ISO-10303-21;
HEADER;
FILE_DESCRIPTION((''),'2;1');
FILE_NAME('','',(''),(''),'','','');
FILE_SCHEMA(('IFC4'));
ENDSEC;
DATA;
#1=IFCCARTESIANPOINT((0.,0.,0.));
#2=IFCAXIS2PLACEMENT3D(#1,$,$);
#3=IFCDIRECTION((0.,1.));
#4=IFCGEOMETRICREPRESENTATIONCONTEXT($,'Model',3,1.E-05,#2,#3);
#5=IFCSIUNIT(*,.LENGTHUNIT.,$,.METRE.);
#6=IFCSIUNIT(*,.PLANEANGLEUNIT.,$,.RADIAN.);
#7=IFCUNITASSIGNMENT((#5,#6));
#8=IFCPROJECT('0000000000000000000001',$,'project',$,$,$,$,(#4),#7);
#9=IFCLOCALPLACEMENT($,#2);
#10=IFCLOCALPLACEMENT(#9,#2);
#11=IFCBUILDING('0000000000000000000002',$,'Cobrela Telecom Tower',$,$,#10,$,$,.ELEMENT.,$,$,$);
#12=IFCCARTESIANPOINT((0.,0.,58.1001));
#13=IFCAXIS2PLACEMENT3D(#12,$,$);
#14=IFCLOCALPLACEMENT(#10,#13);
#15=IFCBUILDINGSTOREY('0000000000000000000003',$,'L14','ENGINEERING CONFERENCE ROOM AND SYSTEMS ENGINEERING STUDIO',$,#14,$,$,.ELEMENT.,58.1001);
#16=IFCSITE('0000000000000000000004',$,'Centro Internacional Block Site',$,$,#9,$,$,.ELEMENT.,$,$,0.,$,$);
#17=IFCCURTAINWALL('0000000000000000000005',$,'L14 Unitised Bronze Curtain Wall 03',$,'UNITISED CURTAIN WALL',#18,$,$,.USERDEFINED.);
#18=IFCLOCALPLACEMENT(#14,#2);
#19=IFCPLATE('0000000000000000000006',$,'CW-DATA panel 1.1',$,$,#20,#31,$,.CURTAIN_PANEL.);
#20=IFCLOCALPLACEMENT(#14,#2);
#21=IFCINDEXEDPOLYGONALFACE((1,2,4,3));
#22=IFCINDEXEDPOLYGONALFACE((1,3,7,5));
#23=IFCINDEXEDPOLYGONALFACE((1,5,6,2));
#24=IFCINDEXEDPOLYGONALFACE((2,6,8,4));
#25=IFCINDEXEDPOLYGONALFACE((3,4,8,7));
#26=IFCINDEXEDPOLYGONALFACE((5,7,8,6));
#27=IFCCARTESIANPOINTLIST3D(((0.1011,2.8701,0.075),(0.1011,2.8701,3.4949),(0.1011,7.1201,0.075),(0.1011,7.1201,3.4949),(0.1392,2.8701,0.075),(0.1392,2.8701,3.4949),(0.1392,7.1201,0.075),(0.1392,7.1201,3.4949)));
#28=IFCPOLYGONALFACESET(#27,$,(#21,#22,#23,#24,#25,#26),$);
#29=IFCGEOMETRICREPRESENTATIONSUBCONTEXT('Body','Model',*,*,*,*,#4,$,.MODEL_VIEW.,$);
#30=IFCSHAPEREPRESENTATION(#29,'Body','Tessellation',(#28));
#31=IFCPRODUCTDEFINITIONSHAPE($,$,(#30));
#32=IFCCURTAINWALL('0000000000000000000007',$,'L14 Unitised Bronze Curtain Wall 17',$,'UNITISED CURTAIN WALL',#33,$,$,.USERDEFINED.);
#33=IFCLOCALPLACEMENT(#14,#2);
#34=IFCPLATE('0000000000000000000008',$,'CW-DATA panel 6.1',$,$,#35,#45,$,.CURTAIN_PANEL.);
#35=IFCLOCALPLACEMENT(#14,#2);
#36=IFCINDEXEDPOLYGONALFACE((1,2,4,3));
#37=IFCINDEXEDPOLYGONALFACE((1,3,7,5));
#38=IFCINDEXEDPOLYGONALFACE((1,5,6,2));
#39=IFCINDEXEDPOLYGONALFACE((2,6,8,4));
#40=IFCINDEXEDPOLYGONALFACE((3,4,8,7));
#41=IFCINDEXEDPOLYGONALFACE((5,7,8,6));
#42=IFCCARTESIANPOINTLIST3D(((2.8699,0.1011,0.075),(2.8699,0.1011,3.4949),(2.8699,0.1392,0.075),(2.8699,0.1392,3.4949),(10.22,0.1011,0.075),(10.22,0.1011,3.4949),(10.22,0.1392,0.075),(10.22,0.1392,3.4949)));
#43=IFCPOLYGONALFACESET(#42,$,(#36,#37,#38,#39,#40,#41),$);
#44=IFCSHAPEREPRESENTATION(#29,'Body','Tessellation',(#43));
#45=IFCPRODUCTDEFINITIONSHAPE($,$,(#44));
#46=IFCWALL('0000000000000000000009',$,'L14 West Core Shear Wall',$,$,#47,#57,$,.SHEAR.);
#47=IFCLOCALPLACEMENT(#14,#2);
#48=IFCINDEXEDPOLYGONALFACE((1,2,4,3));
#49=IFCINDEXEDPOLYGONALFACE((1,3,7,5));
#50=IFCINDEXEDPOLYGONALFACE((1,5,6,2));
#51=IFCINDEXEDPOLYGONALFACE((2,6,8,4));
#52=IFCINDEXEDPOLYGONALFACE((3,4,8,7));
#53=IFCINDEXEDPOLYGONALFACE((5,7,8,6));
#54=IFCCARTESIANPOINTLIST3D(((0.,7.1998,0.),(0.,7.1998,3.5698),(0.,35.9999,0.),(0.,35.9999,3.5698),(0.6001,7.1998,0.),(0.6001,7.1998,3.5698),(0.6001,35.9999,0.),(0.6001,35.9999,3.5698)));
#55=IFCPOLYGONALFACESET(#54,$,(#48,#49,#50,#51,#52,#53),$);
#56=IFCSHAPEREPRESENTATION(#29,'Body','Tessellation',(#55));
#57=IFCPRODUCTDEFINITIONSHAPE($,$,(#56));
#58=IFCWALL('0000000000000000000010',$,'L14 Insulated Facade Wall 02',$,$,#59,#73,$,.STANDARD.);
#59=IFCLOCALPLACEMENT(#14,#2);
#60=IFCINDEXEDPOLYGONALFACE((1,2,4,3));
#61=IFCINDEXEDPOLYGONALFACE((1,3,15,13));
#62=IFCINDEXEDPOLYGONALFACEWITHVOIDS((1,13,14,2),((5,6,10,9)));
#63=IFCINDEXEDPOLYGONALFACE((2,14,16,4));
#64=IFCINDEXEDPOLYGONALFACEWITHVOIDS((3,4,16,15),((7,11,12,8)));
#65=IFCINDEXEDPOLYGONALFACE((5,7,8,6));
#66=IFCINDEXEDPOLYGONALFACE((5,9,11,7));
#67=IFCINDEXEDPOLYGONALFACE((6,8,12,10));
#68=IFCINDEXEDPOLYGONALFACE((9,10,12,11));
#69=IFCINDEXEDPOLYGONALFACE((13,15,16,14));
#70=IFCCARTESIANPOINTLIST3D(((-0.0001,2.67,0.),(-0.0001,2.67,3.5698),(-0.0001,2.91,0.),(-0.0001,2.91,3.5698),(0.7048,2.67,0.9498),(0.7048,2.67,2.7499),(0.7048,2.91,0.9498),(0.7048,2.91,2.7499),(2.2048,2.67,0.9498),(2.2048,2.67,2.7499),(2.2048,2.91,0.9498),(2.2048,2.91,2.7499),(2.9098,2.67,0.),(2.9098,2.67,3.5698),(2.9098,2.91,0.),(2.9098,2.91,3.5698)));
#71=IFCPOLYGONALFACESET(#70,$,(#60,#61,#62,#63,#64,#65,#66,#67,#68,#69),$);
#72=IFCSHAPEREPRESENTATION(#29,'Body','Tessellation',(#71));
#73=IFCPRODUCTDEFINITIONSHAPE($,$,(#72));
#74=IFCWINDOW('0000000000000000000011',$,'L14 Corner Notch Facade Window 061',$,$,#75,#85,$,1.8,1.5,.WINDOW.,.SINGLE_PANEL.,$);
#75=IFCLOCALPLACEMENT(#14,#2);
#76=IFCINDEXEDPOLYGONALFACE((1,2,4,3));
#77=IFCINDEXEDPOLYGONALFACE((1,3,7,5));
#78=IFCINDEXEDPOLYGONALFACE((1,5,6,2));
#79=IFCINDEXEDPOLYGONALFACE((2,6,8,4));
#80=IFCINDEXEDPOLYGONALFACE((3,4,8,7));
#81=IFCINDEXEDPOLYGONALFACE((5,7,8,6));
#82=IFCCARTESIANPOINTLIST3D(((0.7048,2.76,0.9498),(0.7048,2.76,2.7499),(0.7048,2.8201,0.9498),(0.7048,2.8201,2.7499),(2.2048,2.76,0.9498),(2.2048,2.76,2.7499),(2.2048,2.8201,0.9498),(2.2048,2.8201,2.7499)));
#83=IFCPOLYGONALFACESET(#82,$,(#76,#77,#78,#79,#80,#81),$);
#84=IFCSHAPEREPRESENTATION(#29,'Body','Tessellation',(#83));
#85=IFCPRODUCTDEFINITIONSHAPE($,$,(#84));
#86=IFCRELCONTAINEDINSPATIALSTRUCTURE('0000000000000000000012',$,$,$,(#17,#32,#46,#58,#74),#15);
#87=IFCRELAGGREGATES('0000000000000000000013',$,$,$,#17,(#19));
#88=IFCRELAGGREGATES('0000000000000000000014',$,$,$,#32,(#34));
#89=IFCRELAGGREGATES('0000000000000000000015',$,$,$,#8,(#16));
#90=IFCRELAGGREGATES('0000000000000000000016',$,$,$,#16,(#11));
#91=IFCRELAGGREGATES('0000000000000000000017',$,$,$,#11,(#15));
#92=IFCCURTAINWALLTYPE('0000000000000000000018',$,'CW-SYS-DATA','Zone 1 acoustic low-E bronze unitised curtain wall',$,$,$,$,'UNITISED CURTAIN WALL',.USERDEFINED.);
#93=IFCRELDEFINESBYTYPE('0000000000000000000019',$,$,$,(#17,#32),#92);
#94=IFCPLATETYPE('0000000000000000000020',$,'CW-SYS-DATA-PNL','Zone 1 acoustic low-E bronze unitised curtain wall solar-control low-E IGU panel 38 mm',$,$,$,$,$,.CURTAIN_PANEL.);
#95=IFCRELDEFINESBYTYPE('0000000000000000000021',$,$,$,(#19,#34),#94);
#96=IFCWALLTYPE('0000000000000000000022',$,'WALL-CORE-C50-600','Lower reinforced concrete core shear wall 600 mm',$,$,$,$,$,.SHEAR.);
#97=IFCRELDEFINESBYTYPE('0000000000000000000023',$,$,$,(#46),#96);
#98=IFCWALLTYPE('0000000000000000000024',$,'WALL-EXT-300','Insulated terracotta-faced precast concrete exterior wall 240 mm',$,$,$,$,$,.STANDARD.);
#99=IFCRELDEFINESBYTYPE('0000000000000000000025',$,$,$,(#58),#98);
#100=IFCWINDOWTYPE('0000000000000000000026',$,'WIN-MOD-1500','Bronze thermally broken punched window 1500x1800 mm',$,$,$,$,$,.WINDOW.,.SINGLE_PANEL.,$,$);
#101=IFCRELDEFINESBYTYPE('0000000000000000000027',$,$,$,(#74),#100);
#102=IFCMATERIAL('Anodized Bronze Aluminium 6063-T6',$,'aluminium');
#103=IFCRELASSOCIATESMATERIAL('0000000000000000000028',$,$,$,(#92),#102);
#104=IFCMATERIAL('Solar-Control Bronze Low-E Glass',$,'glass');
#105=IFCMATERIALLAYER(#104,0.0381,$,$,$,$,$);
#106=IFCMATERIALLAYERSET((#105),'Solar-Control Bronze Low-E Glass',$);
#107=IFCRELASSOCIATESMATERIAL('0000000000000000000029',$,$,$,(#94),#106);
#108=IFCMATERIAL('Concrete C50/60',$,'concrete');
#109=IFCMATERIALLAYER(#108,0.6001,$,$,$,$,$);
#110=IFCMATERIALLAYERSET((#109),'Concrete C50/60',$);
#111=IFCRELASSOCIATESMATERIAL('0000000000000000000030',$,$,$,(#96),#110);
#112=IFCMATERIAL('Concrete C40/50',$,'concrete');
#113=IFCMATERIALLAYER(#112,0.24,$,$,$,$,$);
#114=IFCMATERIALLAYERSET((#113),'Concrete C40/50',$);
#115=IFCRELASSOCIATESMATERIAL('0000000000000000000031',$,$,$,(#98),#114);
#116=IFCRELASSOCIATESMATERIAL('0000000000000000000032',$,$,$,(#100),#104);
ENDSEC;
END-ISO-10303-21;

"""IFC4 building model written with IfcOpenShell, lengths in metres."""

from ifc_helpers import new_model, si_unit, direction, frame, frame_2d, origin, origin_2d, place, context, subcontext, project, spatial, rectangle, extrude, material, layer, layer_set, type_object, element, fill, aggregate, save


model = new_model("IFC4")

# Units and contexts
model_context = context("Model", 3, precision=1e-05, world=origin(), true_north=direction((0.0, 1.0)))
body_context = subcontext(model_context, "Body", "Model", "MODEL_VIEW")
ifc_project = project(units=[si_unit("LENGTHUNIT", "METRE"), si_unit("PLANEANGLEUNIT", "RADIAN")], contexts=[model_context])

# Site, building, storey
site_placement = place(None, origin())
site = spatial("IfcSite", under=ifc_project, at=site_placement, Name="Centro Internacional Block Site", CompositionType="ELEMENT", RefElevation=0.0)
building_placement = place(site_placement, origin())
building = spatial("IfcBuilding", under=site, at=building_placement, Name="Cobrela Telecom Tower", CompositionType="ELEMENT")
storey_placement = place(building_placement, frame((0.0, 0.0, 58.1001)))
storey = spatial("IfcBuildingStorey", under=building, at=storey_placement, Name="L14", Description="ENGINEERING CONFERENCE ROOM AND SYSTEMS ENGINEERING STUDIO", CompositionType="ELEMENT", Elevation=58.1001)

# Curtain wall, plate
ifc_material_1 = material(Name="Anodized Bronze Aluminium 6063-T6", Category="aluminium")
curtain_wall_type = type_object("IfcCurtainWallType", Name="CW-SYS-DATA", Description="Zone 1 acoustic low-E bronze unitised curtain wall", ElementType="UNITISED CURTAIN WALL", PredefinedType="USERDEFINED", material=ifc_material_1)
curtain_wall_1_placement = place(storey_placement, origin())
curtain_wall_1 = element("IfcCurtainWall", 1, at=curtain_wall_1_placement, inside=storey, type_object=curtain_wall_type, Name="L14 Unitised Bronze Curtain Wall 03", ObjectType="UNITISED CURTAIN WALL", PredefinedType="USERDEFINED")
ifc_material_2 = material(Name="Solar-Control Bronze Low-E Glass", Category="glass")
ifc_layer_1 = layer(ifc_material_2, 0.0381)
ifc_layer_set_1 = layer_set([ifc_layer_1], Name="Solar-Control Bronze Low-E Glass")
plate_type = type_object("IfcPlateType", Name="CW-SYS-DATA-PNL", Description="Zone 1 acoustic low-E bronze unitised curtain wall solar-control low-E IGU panel 38 mm", PredefinedType="CURTAIN_PANEL", material=ifc_layer_set_1)
plate_1_placement = place(storey_placement, frame((0.1201, 4.9951, 0.075), z_axis=(0.0, 0.0, 1.0), x_axis=(0.0, 1.0, 0.0)))
plate_1 = element("IfcPlate", 2, at=plate_1_placement, type_object=plate_type, Name="CW-DATA panel 1.1", PredefinedType="CURTAIN_PANEL", context=body_context, shape_type="SweptSolid", body=[
    extrude(rectangle(XDim=4.25, YDim=0.0381, at=origin_2d()), origin(), (0.0, 0.0, 1.0), 3.4199),
])
aggregate(curtain_wall_1, [plate_1])

# Curtain wall, plate
curtain_wall_2_placement = place(storey_placement, origin())
curtain_wall_2 = element("IfcCurtainWall", 3, at=curtain_wall_2_placement, inside=storey, type_object=curtain_wall_type, Name="L14 Unitised Bronze Curtain Wall 17", ObjectType="UNITISED CURTAIN WALL", PredefinedType="USERDEFINED")
plate_2_placement = place(storey_placement, frame((6.5449, 0.1201, 0.075), z_axis=(0.0, 0.0, 1.0), x_axis=(-1.0, 0.0, 0.0)))
plate_2 = element("IfcPlate", 4, at=plate_2_placement, type_object=plate_type, Name="CW-DATA panel 6.1", PredefinedType="CURTAIN_PANEL", context=body_context, shape_type="SweptSolid", body=[
    extrude(rectangle(XDim=7.3501, YDim=0.0381, at=origin_2d()), origin(), (0.0, 0.0, 1.0), 3.4199),
])
aggregate(curtain_wall_2, [plate_2])

# Wall
ifc_material_3 = material(Name="Concrete C50/60", Category="concrete")
ifc_layer_2 = layer(ifc_material_3, 0.6001)
ifc_layer_set_2 = layer_set([ifc_layer_2], Name="Concrete C50/60")
wall_type_1 = type_object("IfcWallType", Name="WALL-CORE-C50-600", Description="Lower reinforced concrete core shear wall 600 mm", PredefinedType="SHEAR", material=ifc_layer_set_2)
wall_1_placement = place(storey_placement, frame((0.3, 7.2, 0.0), z_axis=(0.0, 0.0, 1.0), x_axis=(0.0, 1.0, 0.0)))
element("IfcWall", 5, at=wall_1_placement, inside=storey, type_object=wall_type_1, Name="L14 West Core Shear Wall", PredefinedType="SHEAR", context=body_context, shape_type="SweptSolid", body=[
    extrude(rectangle(XDim=28.8, YDim=0.6001, at=frame_2d((14.3999, 0.0))), origin(), (0.0, 0.0, 1.0), 3.5698),
])

# Wall, opening, window
ifc_material_4 = material(Name="Concrete C40/50", Category="concrete")
ifc_layer_3 = layer(ifc_material_4, 0.24)
ifc_layer_set_3 = layer_set([ifc_layer_3], Name="Concrete C40/50")
wall_type_2 = type_object("IfcWallType", Name="WALL-EXT-300", Description="Insulated terracotta-faced precast concrete exterior wall 240 mm", PredefinedType="STANDARD", material=ifc_layer_set_3)
wall_2_placement = place(storey_placement, frame((2.9099, 2.79, 0.0), z_axis=(0.0, 0.0, 1.0), x_axis=(-1.0, 0.0, 0.0)))
wall_2 = element("IfcWall", 6, at=wall_2_placement, inside=storey, type_object=wall_type_2, Name="L14 Insulated Facade Wall 02", PredefinedType="STANDARD", context=body_context, shape_type="SweptSolid", body=[
    extrude(rectangle(XDim=2.9099, YDim=0.24, at=frame_2d((1.4551, 0.0))), origin(), (0.0, 0.0, 1.0), 3.5698),
])
opening_placement = place(wall_2_placement, frame((0.7051, 0.0, 0.95)))
opening = element("IfcOpeningElement", 7, at=opening_placement, cuts=wall_2, PredefinedType="OPENING", context=body_context, shape_type="SweptSolid", body=[
    extrude(rectangle(XDim=1.5, YDim=1.8, at=frame_2d((0.75, 0.8999))), frame((0.0, 0.1318, 0.0), z_axis=(0.0, -1.0, 0.0), x_axis=(1.0, 0.0, 0.0)), (0.0, 0.0, 1.0), 0.2639),
])
window_type = type_object("IfcWindowType", Name="WIN-MOD-1500", Description="Bronze thermally broken punched window 1500x1800 mm", PartitioningType="SINGLE_PANEL", PredefinedType="WINDOW", material=ifc_material_2)
window_placement = place(opening_placement, origin())
window = element("IfcWindow", 8, at=window_placement, inside=storey, type_object=window_type, Name="L14 Corner Notch Facade Window 061", OverallHeight=1.8, OverallWidth=1.5, PartitioningType="SINGLE_PANEL", PredefinedType="WINDOW", context=body_context, shape_type="SweptSolid", body=[
    extrude(rectangle(XDim=1.5, YDim=1.8, at=frame_2d((0.75, 0.8999))), frame((0.0, 0.03, 0.0), z_axis=(0.0, -1.0, 0.0), x_axis=(1.0, 0.0, 0.0)), (0.0, 0.0, 1.0), 0.0601),
])
fill(opening, window)

save(model, "model.ifc")
